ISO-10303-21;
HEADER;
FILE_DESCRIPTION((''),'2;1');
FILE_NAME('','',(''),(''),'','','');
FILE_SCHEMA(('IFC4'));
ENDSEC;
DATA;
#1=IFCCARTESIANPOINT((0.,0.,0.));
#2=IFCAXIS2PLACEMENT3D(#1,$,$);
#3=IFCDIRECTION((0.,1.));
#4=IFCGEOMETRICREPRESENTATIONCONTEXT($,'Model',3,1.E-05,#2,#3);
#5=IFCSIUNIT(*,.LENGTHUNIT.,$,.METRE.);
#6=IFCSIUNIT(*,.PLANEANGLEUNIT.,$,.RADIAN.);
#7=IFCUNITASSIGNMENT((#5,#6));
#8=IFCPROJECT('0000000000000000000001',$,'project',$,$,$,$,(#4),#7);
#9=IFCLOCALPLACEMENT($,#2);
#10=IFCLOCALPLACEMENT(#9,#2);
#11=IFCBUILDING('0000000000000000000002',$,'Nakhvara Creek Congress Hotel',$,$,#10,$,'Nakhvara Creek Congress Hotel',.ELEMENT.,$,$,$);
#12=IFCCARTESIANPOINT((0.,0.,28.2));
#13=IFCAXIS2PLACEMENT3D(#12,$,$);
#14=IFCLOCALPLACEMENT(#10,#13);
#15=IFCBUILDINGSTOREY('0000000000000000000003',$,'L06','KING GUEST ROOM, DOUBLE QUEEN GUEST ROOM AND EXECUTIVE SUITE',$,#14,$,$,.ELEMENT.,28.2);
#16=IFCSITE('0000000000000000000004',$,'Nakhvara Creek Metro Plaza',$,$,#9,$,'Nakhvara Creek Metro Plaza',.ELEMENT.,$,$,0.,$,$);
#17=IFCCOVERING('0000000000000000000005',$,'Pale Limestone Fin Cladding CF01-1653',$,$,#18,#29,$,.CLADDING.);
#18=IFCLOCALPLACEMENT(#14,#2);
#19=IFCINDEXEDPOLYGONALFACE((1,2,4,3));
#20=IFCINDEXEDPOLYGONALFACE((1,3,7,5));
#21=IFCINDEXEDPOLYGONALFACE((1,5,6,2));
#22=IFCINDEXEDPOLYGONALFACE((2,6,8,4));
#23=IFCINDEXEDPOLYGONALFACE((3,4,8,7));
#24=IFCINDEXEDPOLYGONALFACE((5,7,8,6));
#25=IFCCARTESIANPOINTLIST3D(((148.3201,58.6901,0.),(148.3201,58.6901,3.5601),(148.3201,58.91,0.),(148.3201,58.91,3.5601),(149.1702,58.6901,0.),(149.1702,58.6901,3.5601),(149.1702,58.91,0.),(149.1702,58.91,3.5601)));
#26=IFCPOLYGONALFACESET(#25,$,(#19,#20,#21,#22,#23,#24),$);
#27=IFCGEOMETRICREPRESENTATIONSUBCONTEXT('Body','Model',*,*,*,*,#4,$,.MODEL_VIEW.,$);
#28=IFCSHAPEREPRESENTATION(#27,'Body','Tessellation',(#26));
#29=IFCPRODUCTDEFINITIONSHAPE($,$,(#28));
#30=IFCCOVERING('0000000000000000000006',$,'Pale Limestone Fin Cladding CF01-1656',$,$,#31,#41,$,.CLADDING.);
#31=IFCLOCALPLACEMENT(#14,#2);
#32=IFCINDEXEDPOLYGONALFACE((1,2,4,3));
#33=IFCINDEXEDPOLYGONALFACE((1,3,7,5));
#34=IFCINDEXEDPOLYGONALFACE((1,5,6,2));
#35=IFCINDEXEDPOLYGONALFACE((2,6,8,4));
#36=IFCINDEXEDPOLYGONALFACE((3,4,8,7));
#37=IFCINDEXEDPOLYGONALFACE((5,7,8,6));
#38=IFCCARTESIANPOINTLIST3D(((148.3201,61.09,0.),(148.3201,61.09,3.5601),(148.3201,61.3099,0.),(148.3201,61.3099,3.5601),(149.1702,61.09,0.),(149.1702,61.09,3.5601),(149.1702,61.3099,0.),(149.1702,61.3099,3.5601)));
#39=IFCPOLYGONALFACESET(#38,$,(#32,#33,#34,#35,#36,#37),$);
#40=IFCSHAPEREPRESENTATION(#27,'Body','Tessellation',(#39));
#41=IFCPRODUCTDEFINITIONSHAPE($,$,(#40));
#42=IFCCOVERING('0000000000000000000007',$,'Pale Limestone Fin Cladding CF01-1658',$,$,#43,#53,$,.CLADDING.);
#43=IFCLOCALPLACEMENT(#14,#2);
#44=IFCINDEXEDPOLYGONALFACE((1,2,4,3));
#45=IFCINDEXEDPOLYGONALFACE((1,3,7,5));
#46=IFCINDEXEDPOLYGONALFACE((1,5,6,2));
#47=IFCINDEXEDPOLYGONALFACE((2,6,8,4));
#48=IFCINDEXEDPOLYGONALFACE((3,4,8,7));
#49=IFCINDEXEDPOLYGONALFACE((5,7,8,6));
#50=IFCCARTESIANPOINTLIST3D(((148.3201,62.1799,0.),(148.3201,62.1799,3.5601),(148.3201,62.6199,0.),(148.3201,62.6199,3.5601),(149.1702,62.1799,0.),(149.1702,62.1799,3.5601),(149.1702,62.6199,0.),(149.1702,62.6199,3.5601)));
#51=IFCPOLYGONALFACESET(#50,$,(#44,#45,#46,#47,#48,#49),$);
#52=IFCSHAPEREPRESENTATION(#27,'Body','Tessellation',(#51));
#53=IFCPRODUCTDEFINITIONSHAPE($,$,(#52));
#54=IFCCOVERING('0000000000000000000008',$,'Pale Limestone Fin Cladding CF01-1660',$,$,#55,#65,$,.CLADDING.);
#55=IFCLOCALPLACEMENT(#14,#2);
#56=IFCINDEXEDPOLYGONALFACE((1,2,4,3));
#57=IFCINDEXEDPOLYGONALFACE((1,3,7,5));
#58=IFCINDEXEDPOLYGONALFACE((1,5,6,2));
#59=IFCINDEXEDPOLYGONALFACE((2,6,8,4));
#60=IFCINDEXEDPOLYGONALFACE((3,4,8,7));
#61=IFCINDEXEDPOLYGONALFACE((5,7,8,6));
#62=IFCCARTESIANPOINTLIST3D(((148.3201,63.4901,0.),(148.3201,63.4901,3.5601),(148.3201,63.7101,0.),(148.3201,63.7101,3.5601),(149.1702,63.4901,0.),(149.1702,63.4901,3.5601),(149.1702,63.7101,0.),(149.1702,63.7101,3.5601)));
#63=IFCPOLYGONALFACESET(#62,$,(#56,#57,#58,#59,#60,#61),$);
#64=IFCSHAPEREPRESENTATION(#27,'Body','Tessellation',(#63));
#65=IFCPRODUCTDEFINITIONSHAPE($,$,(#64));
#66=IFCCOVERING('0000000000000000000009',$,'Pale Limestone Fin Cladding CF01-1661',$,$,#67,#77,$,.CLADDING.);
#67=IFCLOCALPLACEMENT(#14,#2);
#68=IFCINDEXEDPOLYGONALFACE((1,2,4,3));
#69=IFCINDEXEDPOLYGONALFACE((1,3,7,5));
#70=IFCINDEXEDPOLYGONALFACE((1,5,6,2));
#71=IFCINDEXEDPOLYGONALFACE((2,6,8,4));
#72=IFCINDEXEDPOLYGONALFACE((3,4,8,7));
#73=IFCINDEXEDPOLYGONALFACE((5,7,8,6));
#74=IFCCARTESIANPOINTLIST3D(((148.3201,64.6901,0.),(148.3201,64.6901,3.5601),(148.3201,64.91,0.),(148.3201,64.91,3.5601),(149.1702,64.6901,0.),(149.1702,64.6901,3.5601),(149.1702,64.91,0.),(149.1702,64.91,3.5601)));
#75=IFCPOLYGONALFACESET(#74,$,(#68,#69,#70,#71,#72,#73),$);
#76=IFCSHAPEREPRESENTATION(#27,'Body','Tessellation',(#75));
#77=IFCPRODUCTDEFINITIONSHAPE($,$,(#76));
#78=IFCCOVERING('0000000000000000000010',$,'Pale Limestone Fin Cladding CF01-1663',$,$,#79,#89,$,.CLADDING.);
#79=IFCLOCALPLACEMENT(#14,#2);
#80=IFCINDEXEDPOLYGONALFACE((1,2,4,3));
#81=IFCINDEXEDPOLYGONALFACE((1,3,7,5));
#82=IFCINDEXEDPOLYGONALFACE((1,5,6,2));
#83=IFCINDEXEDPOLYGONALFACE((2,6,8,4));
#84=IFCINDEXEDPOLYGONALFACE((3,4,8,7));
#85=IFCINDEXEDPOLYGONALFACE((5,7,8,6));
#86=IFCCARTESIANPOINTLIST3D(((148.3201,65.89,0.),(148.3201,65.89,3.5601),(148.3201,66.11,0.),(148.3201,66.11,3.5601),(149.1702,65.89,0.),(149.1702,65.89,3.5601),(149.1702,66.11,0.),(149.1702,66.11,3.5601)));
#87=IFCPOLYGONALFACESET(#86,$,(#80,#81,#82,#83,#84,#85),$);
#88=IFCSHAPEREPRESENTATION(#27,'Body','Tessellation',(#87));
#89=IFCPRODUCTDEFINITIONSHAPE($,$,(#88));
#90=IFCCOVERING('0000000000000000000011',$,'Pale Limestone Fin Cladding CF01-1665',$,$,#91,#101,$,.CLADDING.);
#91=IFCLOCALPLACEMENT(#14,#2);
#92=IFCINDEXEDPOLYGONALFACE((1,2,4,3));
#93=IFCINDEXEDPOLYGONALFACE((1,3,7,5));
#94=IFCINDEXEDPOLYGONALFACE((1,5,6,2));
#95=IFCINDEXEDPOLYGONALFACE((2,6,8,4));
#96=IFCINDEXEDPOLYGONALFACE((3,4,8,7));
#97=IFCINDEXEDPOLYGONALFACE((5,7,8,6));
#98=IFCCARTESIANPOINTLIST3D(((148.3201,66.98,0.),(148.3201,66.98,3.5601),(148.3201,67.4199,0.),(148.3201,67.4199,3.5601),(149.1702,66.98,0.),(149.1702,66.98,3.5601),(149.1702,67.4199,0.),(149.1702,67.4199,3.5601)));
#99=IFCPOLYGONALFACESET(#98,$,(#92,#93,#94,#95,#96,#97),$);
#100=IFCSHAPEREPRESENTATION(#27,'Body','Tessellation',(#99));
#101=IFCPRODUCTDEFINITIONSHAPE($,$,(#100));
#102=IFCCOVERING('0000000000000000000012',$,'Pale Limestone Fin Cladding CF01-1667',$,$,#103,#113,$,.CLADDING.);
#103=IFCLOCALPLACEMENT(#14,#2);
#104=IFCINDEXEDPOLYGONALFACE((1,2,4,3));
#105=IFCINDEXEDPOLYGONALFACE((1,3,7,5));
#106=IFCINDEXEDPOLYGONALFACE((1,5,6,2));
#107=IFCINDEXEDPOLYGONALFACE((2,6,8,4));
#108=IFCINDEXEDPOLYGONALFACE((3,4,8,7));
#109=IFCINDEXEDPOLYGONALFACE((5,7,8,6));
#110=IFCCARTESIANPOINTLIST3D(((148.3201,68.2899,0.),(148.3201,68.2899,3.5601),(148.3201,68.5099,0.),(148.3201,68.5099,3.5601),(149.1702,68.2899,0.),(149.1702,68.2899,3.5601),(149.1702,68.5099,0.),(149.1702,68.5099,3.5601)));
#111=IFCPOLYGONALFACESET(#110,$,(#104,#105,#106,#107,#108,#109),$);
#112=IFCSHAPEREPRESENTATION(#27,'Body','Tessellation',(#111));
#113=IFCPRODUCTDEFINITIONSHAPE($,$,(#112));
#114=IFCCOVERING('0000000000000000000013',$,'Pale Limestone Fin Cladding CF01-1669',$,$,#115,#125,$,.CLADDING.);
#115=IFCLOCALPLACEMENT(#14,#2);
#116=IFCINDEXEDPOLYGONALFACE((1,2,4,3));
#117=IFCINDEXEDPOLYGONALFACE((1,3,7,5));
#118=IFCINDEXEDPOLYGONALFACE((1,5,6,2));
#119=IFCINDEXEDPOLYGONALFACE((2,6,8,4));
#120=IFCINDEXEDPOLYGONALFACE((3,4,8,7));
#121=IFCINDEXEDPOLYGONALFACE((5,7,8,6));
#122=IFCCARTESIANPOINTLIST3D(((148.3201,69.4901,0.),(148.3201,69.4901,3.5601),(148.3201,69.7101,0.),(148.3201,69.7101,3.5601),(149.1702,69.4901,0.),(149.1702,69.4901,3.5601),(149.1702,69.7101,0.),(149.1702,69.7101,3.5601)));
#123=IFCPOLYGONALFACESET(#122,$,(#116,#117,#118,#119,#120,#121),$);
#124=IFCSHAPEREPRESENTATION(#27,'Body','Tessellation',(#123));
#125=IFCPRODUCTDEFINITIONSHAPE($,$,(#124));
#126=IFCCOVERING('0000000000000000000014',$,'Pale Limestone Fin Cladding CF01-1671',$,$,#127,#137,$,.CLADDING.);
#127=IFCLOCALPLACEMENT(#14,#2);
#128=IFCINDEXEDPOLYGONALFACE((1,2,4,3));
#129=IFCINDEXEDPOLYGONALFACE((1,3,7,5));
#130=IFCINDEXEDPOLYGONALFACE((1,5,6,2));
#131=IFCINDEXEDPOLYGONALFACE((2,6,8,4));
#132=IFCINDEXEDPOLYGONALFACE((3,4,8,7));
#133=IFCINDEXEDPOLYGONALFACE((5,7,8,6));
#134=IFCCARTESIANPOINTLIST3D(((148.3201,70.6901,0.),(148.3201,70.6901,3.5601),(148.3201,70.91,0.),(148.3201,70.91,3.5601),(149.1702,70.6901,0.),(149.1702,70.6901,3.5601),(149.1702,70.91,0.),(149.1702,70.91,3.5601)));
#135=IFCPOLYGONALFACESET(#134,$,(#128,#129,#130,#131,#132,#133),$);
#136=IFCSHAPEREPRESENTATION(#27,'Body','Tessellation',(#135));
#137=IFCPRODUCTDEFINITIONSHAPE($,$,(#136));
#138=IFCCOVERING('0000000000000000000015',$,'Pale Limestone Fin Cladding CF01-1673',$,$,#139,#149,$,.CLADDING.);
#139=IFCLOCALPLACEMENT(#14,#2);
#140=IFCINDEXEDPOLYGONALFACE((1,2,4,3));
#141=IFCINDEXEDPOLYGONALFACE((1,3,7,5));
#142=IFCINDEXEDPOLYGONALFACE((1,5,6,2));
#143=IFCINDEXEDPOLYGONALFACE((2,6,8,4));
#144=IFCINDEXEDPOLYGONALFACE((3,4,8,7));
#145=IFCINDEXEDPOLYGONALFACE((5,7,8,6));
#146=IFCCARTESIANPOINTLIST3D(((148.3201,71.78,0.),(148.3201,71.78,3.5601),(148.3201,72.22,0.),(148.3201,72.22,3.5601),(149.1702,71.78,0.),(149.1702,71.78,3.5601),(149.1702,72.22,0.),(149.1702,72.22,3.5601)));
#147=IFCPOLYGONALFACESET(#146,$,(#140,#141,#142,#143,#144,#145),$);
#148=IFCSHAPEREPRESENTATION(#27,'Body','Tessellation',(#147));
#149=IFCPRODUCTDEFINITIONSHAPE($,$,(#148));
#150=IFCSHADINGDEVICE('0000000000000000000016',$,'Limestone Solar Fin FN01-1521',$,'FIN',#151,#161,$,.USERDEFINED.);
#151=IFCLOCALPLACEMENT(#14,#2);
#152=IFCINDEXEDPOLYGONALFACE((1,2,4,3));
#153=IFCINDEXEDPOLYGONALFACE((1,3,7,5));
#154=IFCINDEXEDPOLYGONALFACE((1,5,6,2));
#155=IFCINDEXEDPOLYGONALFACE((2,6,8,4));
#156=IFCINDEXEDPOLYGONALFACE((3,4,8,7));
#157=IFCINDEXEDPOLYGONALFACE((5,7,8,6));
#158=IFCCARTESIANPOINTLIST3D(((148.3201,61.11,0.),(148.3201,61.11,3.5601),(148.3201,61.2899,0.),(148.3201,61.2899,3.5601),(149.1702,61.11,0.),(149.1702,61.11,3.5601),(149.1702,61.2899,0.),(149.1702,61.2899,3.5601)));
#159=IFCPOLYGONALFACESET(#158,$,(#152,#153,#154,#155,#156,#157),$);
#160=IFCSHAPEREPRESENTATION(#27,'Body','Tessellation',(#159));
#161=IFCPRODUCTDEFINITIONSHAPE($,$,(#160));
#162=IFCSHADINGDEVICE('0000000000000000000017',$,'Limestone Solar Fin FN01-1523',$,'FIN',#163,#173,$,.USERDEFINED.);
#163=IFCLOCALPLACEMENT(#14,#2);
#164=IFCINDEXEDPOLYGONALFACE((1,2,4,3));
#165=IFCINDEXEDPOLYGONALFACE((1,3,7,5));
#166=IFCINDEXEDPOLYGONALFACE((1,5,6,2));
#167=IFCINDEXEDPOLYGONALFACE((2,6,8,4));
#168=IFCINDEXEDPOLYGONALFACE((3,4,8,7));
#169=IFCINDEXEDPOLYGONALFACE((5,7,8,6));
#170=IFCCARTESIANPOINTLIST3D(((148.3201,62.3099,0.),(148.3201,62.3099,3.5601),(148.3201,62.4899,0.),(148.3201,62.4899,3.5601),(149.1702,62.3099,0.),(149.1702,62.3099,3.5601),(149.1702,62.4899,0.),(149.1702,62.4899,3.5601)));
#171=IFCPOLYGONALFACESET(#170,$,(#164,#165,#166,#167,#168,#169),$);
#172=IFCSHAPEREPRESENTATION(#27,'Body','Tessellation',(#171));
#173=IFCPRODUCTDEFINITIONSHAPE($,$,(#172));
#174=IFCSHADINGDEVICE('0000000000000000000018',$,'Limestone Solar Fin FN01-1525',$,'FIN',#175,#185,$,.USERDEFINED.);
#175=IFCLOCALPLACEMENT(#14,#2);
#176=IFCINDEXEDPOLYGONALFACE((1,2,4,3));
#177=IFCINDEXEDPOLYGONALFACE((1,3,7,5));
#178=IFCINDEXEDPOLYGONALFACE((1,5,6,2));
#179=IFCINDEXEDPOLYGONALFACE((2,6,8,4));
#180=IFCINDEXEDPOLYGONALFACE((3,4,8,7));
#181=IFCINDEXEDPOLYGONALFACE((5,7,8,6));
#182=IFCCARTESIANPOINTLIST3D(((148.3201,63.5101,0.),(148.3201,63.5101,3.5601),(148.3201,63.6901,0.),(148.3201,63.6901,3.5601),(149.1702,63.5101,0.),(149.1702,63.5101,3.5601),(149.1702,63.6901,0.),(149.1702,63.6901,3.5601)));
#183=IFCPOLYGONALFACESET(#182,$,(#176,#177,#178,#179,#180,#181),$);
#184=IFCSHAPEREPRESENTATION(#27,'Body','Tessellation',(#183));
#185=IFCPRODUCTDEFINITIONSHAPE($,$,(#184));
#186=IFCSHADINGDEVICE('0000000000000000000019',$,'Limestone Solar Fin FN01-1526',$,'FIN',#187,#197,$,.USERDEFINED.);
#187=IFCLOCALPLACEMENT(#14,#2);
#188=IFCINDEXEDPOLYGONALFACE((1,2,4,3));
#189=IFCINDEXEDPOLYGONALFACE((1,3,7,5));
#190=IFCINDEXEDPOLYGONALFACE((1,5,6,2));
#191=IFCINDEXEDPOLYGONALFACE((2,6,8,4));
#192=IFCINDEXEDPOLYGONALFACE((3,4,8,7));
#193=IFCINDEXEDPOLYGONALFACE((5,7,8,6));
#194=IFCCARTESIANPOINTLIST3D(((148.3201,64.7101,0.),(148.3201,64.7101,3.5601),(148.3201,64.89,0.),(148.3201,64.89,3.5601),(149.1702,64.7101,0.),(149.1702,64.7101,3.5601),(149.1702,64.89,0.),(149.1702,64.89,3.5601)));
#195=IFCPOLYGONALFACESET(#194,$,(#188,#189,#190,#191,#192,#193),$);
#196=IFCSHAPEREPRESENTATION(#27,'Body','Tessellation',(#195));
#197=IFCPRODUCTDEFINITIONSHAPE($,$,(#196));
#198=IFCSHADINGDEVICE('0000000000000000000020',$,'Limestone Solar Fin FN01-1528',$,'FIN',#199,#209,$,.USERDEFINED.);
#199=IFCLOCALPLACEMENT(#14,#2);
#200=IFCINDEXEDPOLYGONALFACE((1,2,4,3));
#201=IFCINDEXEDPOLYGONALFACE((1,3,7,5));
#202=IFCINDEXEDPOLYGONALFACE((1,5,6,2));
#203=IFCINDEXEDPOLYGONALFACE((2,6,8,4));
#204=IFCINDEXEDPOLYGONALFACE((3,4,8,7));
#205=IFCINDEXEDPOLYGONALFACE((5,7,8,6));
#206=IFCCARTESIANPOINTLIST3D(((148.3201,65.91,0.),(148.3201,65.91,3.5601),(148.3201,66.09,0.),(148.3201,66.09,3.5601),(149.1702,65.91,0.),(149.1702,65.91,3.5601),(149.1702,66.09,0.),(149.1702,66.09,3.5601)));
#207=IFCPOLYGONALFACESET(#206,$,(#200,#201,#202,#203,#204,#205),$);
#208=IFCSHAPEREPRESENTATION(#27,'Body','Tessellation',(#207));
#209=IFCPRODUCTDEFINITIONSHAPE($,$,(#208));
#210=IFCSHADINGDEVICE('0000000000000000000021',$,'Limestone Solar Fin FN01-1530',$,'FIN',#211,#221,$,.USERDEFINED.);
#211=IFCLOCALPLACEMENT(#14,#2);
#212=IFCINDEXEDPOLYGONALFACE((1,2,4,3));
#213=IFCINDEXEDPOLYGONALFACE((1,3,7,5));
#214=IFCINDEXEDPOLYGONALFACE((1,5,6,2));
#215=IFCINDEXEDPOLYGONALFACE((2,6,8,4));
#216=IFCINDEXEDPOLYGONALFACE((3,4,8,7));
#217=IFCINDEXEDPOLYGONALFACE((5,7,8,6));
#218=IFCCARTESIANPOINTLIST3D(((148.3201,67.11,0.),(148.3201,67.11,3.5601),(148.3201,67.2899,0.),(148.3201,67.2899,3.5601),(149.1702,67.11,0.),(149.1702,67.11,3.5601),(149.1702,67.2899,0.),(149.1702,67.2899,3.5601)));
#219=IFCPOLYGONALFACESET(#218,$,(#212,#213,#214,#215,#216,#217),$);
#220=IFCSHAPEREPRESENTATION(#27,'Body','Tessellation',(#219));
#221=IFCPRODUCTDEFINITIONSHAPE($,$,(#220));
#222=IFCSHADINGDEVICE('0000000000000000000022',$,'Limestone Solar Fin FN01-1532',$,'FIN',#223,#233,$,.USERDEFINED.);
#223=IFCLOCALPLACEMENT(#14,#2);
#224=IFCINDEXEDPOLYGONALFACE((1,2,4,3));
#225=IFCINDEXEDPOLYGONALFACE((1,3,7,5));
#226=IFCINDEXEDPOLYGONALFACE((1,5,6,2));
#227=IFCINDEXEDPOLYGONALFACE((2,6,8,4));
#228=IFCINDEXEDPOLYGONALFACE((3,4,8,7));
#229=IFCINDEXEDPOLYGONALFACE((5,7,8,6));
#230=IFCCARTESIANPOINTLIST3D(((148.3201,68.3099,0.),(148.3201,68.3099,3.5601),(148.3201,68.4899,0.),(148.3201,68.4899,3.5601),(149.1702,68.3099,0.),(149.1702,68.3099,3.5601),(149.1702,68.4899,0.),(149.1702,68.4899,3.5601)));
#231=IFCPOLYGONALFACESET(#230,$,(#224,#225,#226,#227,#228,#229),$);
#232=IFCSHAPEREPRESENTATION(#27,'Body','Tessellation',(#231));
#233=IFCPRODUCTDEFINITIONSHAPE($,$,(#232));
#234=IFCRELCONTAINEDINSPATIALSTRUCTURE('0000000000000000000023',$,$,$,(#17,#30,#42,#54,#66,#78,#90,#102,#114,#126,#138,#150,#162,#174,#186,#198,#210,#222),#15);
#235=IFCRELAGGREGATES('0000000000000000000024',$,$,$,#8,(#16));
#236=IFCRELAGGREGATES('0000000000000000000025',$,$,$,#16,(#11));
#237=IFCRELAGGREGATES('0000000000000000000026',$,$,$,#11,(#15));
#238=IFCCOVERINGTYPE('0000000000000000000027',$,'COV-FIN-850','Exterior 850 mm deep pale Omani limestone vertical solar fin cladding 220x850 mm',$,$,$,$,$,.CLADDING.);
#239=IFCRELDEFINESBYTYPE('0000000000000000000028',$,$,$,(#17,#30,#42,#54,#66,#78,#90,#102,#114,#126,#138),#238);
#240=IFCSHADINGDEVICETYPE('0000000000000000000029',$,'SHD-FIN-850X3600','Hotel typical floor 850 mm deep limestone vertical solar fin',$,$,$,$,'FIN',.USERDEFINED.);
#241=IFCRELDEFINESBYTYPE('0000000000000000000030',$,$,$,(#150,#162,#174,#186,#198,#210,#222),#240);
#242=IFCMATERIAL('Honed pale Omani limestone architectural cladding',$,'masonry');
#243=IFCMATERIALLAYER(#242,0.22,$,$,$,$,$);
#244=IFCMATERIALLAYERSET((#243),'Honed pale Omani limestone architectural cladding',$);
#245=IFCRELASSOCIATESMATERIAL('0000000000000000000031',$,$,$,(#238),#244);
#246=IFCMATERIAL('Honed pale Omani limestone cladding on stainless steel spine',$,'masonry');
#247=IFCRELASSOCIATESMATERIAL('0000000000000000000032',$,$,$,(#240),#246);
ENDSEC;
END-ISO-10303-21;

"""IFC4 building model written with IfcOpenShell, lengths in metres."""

from ifc_helpers import new_model, si_unit, direction, frame, origin, origin_2d, place, context, subcontext, project, spatial, rectangle, extrude, material, layer, layer_set, type_object, element, save


model = new_model("IFC4")

# Units and contexts
model_context = context("Model", 3, precision=1e-05, world=origin(), true_north=direction((0.0, 1.0)))
body_context = subcontext(model_context, "Body", "Model", "MODEL_VIEW")
ifc_project = project(units=[si_unit("LENGTHUNIT", "METRE"), si_unit("PLANEANGLEUNIT", "RADIAN")], contexts=[model_context])

# Site, building, storey
site_placement = place(None, origin())
site = spatial("IfcSite", under=ifc_project, at=site_placement, Name="Nakhvara Creek Metro Plaza", LongName="Nakhvara Creek Metro Plaza", CompositionType="ELEMENT", RefElevation=0.0)
building_placement = place(site_placement, origin())
building = spatial("IfcBuilding", under=site, at=building_placement, Name="Nakhvara Creek Congress Hotel", LongName="Nakhvara Creek Congress Hotel", CompositionType="ELEMENT")
storey_placement = place(building_placement, frame((0.0, 0.0, 28.2)))
storey = spatial("IfcBuildingStorey", under=building, at=storey_placement, Name="L06", Description="KING GUEST ROOM, DOUBLE QUEEN GUEST ROOM AND EXECUTIVE SUITE", CompositionType="ELEMENT", Elevation=28.2)

# Coverings
ifc_material_1 = material(Name="Honed pale Omani limestone architectural cladding", Category="masonry")
ifc_layer = layer(ifc_material_1, 0.22)
ifc_layer_set = layer_set([ifc_layer], Name="Honed pale Omani limestone architectural cladding")
covering_type = type_object("IfcCoveringType", Name="COV-FIN-850", Description="Exterior 850 mm deep pale Omani limestone vertical solar fin cladding 220x850 mm", PredefinedType="CLADDING", material=ifc_layer_set)
for number, where, z_axis, x_axis, name in (
    (1, (148.7451, 58.8, 0.0), (0.0, 0.0, 1.0), (0.0, 1.0, 0.0), "Pale Limestone Fin Cladding CF01-1653"),
    (2, (148.7451, 61.2, 0.0), (0.0, 0.0, 1.0), (0.0, 1.0, 0.0), "Pale Limestone Fin Cladding CF01-1656"),
):
    element("IfcCovering", number, at=place(storey_placement, frame(where, z_axis=z_axis, x_axis=x_axis)), inside=storey, type_object=covering_type, Name=name, PredefinedType="CLADDING", context=body_context, shape_type="SweptSolid", body=[
        extrude(rectangle(XDim=0.22, YDim=0.8501, at=origin_2d()), origin(), (0.0, 0.0, 1.0), 3.5601),
    ])
covering_1_placement = place(storey_placement, frame((148.7451, 62.3999, 0.0), z_axis=(0.0, 0.0, 1.0), x_axis=(0.0, 1.0, 0.0)))
element("IfcCovering", 3, at=covering_1_placement, inside=storey, type_object=covering_type, Name="Pale Limestone Fin Cladding CF01-1658", PredefinedType="CLADDING", context=body_context, shape_type="SweptSolid", body=[
    extrude(rectangle(XDim=0.4399, YDim=0.8501, at=origin_2d()), origin(), (0.0, 0.0, 1.0), 3.5601),
])
for number, where, z_axis, x_axis, name in (
    (4, (148.7451, 63.6001, 0.0), (0.0, 0.0, 1.0), (0.0, 1.0, 0.0), "Pale Limestone Fin Cladding CF01-1660"),
    (5, (148.7451, 64.8, 0.0), (0.0, 0.0, 1.0), (0.0, 1.0, 0.0), "Pale Limestone Fin Cladding CF01-1661"),
    (6, (148.7451, 66.0, 0.0), (0.0, 0.0, 1.0), (0.0, 1.0, 0.0), "Pale Limestone Fin Cladding CF01-1663"),
):
    element("IfcCovering", number, at=place(storey_placement, frame(where, z_axis=z_axis, x_axis=x_axis)), inside=storey, type_object=covering_type, Name=name, PredefinedType="CLADDING", context=body_context, shape_type="SweptSolid", body=[
        extrude(rectangle(XDim=0.22, YDim=0.8501, at=origin_2d()), origin(), (0.0, 0.0, 1.0), 3.5601),
    ])
covering_2_placement = place(storey_placement, frame((148.7451, 67.2, 0.0), z_axis=(0.0, 0.0, 1.0), x_axis=(0.0, 1.0, 0.0)))
element("IfcCovering", 7, at=covering_2_placement, inside=storey, type_object=covering_type, Name="Pale Limestone Fin Cladding CF01-1665", PredefinedType="CLADDING", context=body_context, shape_type="SweptSolid", body=[
    extrude(rectangle(XDim=0.4399, YDim=0.8501, at=origin_2d()), origin(), (0.0, 0.0, 1.0), 3.5601),
])
for number, where, z_axis, x_axis, name in (
    (8, (148.7451, 68.3999, 0.0), (0.0, 0.0, 1.0), (0.0, 1.0, 0.0), "Pale Limestone Fin Cladding CF01-1667"),
    (9, (148.7451, 69.6001, 0.0), (0.0, 0.0, 1.0), (0.0, 1.0, 0.0), "Pale Limestone Fin Cladding CF01-1669"),
    (10, (148.7451, 70.8, 0.0), (0.0, 0.0, 1.0), (0.0, 1.0, 0.0), "Pale Limestone Fin Cladding CF01-1671"),
):
    element("IfcCovering", number, at=place(storey_placement, frame(where, z_axis=z_axis, x_axis=x_axis)), inside=storey, type_object=covering_type, Name=name, PredefinedType="CLADDING", context=body_context, shape_type="SweptSolid", body=[
        extrude(rectangle(XDim=0.22, YDim=0.8501, at=origin_2d()), origin(), (0.0, 0.0, 1.0), 3.5601),
    ])
covering_3_placement = place(storey_placement, frame((148.7451, 72.0, 0.0), z_axis=(0.0, 0.0, 1.0), x_axis=(0.0, 1.0, 0.0)))
element("IfcCovering", 11, at=covering_3_placement, inside=storey, type_object=covering_type, Name="Pale Limestone Fin Cladding CF01-1673", PredefinedType="CLADDING", context=body_context, shape_type="SweptSolid", body=[
    extrude(rectangle(XDim=0.4399, YDim=0.8501, at=origin_2d()), origin(), (0.0, 0.0, 1.0), 3.5601),
])

# Shading devices
ifc_material_2 = material(Name="Honed pale Omani limestone cladding on stainless steel spine", Category="masonry")
shading_device_type = type_object("IfcShadingDeviceType", Name="SHD-FIN-850X3600", Description="Hotel typical floor 850 mm deep limestone vertical solar fin", ElementType="FIN", PredefinedType="USERDEFINED", material=ifc_material_2)
for number, where, z_axis, x_axis, name in (
    (12, (148.7451, 61.2, 0.0), (0.0, 0.0, 1.0), (0.0, 1.0, 0.0), "Limestone Solar Fin FN01-1521"),
    (13, (148.7451, 62.3999, 0.0), (0.0, 0.0, 1.0), (0.0, 1.0, 0.0), "Limestone Solar Fin FN01-1523"),
    (14, (148.7451, 63.6001, 0.0), (0.0, 0.0, 1.0), (0.0, 1.0, 0.0), "Limestone Solar Fin FN01-1525"),
    (15, (148.7451, 64.8, 0.0), (0.0, 0.0, 1.0), (0.0, 1.0, 0.0), "Limestone Solar Fin FN01-1526"),
    (16, (148.7451, 66.0, 0.0), (0.0, 0.0, 1.0), (0.0, 1.0, 0.0), "Limestone Solar Fin FN01-1528"),
    (17, (148.7451, 67.2, 0.0), (0.0, 0.0, 1.0), (0.0, 1.0, 0.0), "Limestone Solar Fin FN01-1530"),
    (18, (148.7451, 68.3999, 0.0), (0.0, 0.0, 1.0), (0.0, 1.0, 0.0), "Limestone Solar Fin FN01-1532"),
):
    element("IfcShadingDevice", number, at=place(storey_placement, frame(where, z_axis=z_axis, x_axis=x_axis)), inside=storey, type_object=shading_device_type, Name=name, ObjectType="FIN", PredefinedType="USERDEFINED", context=body_context, shape_type="SweptSolid", body=[
        extrude(rectangle(XDim=0.1799, YDim=0.8501, at=origin_2d()), origin(), (0.0, 0.0, 1.0), 3.5601),
    ])

save(model, "model.ifc")
